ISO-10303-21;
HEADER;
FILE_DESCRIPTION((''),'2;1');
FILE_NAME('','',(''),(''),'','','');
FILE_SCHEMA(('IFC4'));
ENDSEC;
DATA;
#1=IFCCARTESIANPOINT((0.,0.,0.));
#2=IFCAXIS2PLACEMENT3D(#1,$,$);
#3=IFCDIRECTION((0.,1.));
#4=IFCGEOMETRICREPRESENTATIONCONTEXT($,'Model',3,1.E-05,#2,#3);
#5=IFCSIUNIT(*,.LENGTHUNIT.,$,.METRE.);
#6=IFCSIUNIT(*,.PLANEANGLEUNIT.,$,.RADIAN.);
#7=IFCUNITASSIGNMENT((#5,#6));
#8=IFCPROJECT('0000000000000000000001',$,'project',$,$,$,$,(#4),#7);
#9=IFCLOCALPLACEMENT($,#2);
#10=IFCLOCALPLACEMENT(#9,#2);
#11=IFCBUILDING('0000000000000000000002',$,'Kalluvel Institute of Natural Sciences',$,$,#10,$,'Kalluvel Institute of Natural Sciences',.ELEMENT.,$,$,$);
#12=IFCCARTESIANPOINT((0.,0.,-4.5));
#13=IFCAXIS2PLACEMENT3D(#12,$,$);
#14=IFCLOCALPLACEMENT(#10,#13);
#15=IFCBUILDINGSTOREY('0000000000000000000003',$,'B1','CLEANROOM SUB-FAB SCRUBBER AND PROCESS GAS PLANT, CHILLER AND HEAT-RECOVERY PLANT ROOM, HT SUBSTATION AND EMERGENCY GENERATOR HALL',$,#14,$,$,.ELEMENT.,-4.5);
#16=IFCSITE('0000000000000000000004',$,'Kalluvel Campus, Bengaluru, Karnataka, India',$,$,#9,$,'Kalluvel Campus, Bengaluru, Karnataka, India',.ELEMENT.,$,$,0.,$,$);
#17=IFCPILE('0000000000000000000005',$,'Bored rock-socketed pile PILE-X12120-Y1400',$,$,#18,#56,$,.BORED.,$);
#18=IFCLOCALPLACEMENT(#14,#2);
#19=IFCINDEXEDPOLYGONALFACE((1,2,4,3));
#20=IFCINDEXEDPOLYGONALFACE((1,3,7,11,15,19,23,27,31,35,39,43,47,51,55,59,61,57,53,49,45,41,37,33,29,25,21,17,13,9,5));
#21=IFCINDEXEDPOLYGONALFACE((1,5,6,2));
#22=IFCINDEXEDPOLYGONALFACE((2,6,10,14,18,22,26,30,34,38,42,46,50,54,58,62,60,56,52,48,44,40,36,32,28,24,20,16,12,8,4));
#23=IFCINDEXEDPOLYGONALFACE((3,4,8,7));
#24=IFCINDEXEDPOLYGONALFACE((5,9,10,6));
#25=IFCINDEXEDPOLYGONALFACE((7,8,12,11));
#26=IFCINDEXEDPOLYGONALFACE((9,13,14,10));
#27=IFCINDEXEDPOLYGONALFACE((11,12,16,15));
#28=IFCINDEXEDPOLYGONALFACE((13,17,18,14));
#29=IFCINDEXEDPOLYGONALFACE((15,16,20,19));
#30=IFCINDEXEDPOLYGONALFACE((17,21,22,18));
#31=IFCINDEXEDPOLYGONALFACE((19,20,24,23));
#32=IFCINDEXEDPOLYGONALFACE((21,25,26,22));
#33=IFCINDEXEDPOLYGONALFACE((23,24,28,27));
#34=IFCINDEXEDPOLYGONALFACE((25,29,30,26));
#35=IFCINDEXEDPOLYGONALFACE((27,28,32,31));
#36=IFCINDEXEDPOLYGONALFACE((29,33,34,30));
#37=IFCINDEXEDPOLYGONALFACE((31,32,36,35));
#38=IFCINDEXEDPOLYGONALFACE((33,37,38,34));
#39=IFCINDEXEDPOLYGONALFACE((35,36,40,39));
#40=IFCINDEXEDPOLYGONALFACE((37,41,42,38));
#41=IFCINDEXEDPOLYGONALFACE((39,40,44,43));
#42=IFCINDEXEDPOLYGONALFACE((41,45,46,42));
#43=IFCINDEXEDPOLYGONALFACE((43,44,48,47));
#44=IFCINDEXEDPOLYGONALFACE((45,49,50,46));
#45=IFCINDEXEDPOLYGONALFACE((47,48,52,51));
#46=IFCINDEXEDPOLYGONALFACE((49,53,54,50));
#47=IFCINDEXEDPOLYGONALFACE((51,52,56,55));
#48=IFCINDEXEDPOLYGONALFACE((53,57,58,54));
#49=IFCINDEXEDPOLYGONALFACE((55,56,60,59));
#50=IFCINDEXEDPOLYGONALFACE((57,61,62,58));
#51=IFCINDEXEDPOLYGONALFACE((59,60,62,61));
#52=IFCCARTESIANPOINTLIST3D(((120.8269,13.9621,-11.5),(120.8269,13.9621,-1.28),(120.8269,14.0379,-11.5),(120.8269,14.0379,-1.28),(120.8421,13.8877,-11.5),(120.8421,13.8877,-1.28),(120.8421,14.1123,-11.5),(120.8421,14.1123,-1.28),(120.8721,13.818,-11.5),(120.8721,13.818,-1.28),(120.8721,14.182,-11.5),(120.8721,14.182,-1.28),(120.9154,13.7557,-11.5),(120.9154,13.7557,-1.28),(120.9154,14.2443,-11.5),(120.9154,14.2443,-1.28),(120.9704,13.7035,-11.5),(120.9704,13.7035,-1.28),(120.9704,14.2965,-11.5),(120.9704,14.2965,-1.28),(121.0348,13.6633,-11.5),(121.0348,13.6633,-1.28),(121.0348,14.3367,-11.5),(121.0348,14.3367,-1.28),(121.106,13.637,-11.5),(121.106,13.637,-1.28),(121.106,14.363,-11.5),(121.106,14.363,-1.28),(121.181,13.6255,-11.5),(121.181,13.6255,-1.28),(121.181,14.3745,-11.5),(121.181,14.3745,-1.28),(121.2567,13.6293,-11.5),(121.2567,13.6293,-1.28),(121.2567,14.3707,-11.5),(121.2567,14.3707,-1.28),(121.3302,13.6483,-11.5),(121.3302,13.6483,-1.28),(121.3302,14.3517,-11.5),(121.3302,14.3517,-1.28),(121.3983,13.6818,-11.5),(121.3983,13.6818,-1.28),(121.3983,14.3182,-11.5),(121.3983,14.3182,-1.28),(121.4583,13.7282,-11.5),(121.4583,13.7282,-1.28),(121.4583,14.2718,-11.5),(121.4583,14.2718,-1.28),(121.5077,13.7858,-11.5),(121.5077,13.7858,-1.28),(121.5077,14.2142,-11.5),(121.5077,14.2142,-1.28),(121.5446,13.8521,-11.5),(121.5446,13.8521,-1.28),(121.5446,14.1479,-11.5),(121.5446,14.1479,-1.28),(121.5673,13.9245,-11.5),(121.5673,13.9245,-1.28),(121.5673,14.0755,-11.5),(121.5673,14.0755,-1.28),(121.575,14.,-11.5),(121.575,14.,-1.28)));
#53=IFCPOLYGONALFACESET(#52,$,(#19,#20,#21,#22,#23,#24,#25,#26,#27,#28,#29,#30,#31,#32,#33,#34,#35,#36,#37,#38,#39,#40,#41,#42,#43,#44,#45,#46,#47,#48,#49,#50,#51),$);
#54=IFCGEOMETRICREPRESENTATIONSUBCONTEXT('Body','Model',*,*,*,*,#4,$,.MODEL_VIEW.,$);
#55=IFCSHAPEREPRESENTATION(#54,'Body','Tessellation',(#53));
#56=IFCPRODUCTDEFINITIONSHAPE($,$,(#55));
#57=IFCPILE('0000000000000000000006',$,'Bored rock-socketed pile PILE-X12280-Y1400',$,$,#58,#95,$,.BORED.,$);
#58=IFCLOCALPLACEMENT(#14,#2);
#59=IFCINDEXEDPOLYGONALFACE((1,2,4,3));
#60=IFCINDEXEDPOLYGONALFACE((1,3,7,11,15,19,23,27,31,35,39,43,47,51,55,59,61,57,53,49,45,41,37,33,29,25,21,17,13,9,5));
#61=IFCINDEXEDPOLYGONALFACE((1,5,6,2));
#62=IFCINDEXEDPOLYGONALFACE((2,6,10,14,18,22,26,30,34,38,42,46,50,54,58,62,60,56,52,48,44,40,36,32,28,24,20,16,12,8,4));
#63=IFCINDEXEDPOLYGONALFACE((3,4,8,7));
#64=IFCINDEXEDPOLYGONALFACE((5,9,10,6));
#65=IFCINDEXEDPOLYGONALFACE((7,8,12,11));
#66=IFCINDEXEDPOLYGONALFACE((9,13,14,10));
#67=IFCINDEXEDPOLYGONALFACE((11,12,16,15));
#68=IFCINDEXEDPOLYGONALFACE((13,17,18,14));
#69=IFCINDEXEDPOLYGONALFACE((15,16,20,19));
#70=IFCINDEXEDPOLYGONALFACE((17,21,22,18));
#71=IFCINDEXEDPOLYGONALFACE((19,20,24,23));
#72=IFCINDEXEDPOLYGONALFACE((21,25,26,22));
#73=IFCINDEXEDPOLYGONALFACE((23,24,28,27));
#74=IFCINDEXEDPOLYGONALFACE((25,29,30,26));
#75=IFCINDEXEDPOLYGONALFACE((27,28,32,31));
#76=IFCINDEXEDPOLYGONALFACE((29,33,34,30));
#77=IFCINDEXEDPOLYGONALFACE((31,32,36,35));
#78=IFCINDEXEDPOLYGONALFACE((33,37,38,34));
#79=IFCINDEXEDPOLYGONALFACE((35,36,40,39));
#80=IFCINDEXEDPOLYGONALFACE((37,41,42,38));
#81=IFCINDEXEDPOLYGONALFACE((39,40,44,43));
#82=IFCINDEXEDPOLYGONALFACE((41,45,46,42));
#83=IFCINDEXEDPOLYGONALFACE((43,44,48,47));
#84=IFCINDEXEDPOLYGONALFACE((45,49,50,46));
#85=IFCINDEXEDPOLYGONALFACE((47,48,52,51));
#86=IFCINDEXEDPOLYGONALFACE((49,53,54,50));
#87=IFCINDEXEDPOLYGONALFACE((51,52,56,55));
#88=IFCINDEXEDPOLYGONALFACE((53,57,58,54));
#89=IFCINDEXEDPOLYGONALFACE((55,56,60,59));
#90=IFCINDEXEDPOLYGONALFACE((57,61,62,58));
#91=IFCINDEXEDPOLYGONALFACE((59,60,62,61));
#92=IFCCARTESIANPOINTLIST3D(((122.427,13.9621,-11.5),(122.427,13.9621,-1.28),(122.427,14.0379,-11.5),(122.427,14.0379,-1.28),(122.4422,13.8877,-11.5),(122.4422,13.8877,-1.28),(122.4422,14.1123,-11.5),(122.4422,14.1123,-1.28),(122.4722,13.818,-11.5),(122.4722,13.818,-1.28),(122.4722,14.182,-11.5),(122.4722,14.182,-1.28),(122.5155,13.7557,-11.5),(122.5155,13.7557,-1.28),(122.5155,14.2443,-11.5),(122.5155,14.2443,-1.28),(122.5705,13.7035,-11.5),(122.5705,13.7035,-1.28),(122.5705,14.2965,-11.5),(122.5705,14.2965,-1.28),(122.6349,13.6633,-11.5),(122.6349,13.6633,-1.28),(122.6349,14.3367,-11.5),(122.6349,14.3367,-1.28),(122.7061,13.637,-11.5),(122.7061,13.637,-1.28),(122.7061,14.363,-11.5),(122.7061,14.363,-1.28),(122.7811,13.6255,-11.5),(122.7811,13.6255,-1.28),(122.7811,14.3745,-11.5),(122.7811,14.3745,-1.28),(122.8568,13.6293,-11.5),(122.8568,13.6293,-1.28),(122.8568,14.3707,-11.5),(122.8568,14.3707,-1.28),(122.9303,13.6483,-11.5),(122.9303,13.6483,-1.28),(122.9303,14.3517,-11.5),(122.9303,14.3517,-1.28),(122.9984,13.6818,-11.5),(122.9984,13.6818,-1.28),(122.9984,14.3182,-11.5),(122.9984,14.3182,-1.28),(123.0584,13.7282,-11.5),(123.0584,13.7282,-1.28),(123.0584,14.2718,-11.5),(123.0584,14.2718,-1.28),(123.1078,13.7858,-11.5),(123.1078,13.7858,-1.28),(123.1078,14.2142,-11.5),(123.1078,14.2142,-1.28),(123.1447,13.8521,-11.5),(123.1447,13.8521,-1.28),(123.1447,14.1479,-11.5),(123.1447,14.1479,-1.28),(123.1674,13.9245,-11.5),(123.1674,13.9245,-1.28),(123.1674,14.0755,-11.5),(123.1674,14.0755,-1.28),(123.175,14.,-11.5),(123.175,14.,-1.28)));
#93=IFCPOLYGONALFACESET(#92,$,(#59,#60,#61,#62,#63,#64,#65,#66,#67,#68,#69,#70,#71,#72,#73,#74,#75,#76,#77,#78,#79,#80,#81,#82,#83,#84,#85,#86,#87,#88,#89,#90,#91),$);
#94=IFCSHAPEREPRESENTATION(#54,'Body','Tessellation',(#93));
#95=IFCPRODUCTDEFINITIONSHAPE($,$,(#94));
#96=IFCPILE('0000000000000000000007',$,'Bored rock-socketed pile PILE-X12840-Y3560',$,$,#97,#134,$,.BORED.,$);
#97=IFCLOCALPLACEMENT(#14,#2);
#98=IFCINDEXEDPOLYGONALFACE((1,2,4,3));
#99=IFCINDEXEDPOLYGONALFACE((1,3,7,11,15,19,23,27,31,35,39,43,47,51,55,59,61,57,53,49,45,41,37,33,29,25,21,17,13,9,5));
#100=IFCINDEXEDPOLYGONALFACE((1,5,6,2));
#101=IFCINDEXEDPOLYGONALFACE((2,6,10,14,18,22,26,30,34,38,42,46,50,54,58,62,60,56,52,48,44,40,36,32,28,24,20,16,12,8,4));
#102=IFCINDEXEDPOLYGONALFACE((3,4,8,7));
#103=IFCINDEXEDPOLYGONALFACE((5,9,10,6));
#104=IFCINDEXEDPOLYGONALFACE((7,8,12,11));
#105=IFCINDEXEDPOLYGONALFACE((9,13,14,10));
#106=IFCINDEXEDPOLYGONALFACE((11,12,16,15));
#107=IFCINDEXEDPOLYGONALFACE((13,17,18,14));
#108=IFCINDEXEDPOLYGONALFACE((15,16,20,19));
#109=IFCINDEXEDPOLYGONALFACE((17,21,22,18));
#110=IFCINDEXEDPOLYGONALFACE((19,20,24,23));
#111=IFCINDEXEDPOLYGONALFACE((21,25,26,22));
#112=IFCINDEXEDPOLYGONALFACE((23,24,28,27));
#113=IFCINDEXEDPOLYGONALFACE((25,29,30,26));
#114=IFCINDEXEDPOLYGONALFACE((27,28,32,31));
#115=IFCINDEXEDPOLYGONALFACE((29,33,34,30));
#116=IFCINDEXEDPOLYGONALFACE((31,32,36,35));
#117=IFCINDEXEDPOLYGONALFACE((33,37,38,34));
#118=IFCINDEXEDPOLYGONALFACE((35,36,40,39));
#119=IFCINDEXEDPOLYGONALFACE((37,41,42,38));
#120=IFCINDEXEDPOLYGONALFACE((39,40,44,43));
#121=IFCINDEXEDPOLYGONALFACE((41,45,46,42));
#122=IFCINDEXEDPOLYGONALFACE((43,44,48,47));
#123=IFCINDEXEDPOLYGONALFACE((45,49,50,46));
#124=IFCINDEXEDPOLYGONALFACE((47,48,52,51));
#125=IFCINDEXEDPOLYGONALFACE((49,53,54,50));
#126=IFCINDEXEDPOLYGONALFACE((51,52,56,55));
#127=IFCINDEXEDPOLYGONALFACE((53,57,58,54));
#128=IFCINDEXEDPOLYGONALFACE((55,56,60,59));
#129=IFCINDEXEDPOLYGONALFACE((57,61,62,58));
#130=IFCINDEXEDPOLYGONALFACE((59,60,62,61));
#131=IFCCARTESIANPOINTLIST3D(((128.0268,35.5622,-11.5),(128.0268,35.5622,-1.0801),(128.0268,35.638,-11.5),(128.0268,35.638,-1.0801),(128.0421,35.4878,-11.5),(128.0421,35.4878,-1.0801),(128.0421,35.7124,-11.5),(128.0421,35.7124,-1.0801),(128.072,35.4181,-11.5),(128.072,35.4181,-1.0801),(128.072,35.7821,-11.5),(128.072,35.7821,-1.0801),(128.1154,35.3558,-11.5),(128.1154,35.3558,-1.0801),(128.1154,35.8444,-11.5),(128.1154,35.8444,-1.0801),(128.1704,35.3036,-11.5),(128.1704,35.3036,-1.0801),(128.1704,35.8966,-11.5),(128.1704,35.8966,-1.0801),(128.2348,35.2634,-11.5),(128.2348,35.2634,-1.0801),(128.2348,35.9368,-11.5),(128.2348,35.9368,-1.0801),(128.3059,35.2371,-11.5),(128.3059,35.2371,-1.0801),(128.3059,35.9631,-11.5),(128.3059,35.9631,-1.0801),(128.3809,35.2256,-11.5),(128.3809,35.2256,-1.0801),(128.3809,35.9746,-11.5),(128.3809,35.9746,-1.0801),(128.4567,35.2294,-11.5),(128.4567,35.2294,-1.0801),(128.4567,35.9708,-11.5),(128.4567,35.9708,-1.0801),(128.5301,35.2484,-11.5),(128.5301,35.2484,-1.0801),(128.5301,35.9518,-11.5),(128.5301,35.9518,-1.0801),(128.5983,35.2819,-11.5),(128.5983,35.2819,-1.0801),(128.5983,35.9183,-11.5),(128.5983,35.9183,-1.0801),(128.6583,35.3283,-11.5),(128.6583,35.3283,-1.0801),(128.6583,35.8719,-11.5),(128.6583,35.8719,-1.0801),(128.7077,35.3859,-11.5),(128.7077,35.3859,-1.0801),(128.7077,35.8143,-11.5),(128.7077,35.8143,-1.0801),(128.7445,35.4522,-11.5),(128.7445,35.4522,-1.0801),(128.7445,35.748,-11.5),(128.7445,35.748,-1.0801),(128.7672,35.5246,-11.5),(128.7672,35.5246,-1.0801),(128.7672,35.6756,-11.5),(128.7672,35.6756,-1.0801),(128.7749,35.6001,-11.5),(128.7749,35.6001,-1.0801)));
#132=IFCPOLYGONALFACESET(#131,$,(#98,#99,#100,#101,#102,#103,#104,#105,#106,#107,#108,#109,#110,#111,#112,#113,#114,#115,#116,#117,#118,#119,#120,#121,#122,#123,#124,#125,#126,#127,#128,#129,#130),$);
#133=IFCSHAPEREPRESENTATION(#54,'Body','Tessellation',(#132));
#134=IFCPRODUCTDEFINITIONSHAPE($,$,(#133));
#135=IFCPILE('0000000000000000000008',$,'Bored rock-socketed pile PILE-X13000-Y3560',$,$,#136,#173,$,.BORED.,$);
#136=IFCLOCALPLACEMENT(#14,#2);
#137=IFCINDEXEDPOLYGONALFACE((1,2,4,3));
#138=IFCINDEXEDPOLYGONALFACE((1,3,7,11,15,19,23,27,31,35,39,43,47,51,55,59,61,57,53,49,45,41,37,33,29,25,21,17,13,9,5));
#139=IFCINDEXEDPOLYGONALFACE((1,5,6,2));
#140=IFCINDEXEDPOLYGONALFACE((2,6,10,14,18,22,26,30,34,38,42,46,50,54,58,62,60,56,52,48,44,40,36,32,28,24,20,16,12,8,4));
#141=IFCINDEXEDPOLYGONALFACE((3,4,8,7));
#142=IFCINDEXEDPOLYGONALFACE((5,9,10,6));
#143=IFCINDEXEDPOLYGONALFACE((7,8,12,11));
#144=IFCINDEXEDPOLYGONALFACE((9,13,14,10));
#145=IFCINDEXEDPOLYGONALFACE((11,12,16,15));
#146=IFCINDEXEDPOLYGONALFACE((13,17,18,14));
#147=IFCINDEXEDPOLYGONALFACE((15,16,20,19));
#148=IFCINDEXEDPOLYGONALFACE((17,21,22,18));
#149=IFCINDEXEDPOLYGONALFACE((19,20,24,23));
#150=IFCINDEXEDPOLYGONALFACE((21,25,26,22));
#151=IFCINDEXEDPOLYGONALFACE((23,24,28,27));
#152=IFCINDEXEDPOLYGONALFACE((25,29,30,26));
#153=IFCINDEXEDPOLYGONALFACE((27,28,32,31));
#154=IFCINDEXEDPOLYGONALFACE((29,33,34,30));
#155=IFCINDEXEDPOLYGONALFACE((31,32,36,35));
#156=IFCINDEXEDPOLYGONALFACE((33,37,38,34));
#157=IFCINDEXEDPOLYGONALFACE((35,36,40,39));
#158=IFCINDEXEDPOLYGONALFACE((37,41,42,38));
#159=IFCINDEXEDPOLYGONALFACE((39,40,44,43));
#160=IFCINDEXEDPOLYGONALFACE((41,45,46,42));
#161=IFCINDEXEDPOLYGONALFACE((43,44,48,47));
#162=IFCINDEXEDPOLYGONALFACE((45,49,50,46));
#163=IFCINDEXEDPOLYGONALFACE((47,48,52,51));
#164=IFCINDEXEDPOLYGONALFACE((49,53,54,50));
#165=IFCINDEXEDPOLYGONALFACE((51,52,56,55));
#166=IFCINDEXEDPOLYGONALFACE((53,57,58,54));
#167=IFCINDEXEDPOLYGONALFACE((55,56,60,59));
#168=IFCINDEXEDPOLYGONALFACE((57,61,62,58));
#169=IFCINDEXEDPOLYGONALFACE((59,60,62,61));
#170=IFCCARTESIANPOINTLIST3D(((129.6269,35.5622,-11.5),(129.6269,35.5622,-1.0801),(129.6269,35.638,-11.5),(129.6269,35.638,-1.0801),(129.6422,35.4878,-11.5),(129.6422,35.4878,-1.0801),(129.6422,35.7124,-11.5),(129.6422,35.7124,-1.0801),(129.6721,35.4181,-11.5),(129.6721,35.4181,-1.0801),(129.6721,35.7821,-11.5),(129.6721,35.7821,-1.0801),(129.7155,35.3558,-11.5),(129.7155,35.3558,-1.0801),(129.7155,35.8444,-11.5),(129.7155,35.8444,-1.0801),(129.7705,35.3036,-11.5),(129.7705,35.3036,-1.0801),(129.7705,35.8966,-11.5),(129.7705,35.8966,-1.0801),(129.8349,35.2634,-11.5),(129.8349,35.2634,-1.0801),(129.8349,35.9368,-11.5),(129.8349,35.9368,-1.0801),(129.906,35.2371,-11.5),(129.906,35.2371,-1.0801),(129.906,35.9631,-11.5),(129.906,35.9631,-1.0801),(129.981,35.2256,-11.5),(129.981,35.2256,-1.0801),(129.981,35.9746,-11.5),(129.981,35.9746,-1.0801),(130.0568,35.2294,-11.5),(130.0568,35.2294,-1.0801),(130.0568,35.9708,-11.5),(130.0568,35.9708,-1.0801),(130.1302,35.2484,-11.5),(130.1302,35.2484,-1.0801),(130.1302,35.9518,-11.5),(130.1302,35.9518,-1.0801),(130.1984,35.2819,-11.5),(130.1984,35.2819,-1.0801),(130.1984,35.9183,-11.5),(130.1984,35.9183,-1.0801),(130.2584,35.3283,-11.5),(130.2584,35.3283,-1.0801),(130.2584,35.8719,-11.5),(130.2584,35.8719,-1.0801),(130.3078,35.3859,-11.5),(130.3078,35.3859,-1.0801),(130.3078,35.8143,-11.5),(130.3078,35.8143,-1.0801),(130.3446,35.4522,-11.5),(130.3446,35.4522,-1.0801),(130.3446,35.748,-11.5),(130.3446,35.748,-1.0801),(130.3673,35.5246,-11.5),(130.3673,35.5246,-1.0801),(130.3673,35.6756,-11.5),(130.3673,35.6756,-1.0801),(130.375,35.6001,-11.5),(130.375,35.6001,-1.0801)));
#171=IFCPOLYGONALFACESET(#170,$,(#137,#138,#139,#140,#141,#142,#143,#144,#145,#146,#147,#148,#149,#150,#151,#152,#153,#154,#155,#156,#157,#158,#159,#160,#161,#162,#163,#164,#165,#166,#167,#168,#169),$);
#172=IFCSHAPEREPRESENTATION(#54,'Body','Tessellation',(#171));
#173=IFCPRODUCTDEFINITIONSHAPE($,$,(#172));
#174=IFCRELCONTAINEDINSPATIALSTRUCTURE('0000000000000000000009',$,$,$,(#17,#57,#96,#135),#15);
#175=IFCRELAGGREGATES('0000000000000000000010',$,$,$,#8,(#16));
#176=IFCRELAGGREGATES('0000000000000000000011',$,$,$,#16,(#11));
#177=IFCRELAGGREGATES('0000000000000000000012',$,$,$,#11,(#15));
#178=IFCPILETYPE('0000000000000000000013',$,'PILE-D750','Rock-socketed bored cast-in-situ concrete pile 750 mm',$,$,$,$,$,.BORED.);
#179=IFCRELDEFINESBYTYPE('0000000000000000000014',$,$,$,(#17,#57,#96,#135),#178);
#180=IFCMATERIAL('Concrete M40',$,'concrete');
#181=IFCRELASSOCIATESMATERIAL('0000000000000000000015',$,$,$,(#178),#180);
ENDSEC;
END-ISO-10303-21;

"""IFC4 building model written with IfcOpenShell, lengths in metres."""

from ifc_helpers import new_model, si_unit, direction, frame, origin, origin_2d, place, context, subcontext, project, spatial, circle, extrude, material, material_profile, profile_set, type_object, element, save


model = new_model("IFC4")

# Units and contexts
model_context = context("Model", 3, precision=1e-05, world=origin(), true_north=direction((0.0, 1.0)))
body_context = subcontext(model_context, "Body", "Model", "MODEL_VIEW")
ifc_project = project(units=[si_unit("LENGTHUNIT", "METRE"), si_unit("PLANEANGLEUNIT", "RADIAN")], contexts=[model_context])

# Site, building, storey
site_placement = place(None, origin())
site = spatial("IfcSite", under=ifc_project, at=site_placement, Name="Kalluvel Campus, Bengaluru, Karnataka, India", LongName="Kalluvel Campus, Bengaluru, Karnataka, India", CompositionType="ELEMENT", RefElevation=0.0)
building_placement = place(site_placement, origin())
building = spatial("IfcBuilding", under=site, at=building_placement, Name="Kalluvel Institute of Natural Sciences", LongName="Kalluvel Institute of Natural Sciences", CompositionType="ELEMENT")
storey_placement = place(building_placement, frame((0.0, 0.0, -4.5)))
storey = spatial("IfcBuildingStorey", under=building, at=storey_placement, Name="B1", Description="CLEANROOM SUB-FAB SCRUBBER AND PROCESS GAS PLANT, CHILLER AND HEAT-RECOVERY PLANT ROOM, HT SUBSTATION AND EMERGENCY GENERATOR HALL", CompositionType="ELEMENT", Elevation=-4.5)

# Shared definitions
ifc_material_1 = material(Name="Concrete M40", Category="concrete")

# Piles
ifc_material_profile_1 = material_profile(ifc_material_1, circle(Radius=0.375, at=origin_2d()), Name="PILE D750")
ifc_profile_set_1 = profile_set([ifc_material_profile_1], Name="Concrete M40")
pile_type_1 = type_object("IfcPileType", Name="PILE-D750", Description="Rock-socketed bored cast-in-situ concrete pile 750 mm", PredefinedType="BORED", material=ifc_profile_set_1)
for number, where, z_axis, x_axis, name in (
    (1, (121.2, 14.0, -1.28), (0.0, 0.0, -1.0), (1.0, 0.0, 0.0), "Bored rock-socketed pile PILE-X12120-Y1400"),
    (2, (122.8, 14.0, -1.28), (0.0, 0.0, -1.0), (1.0, 0.0, 0.0), "Bored rock-socketed pile PILE-X12280-Y1400"),
):
    element("IfcPile", number, at=place(storey_placement, frame(where, z_axis=z_axis, x_axis=x_axis)), inside=storey, type_object=pile_type_1, Name=name, PredefinedType="BORED", context=body_context, shape_type="SweptSolid", body=[
        extrude(circle(Radius=0.375, at=origin_2d()), origin(), (0.0, 0.0, 1.0), 10.22),
    ])
for number, where, z_axis, x_axis, name in (
    (3, (128.3999, 35.6001, -1.0801), (0.0, 0.0, -1.0), (1.0, 0.0, 0.0), "Bored rock-socketed pile PILE-X12840-Y3560"),
    (4, (130.0, 35.6001, -1.0801), (0.0, 0.0, -1.0), (1.0, 0.0, 0.0), "Bored rock-socketed pile PILE-X13000-Y3560"),
):
    element("IfcPile", number, at=place(storey_placement, frame(where, z_axis=z_axis, x_axis=x_axis)), inside=storey, type_object=pile_type_1, Name=name, PredefinedType="BORED", context=body_context, shape_type="SweptSolid", body=[
        extrude(circle(Radius=0.375, at=origin_2d()), origin(), (0.0, 0.0, 1.0), 10.4199),
    ])

save(model, "model.ifc")
